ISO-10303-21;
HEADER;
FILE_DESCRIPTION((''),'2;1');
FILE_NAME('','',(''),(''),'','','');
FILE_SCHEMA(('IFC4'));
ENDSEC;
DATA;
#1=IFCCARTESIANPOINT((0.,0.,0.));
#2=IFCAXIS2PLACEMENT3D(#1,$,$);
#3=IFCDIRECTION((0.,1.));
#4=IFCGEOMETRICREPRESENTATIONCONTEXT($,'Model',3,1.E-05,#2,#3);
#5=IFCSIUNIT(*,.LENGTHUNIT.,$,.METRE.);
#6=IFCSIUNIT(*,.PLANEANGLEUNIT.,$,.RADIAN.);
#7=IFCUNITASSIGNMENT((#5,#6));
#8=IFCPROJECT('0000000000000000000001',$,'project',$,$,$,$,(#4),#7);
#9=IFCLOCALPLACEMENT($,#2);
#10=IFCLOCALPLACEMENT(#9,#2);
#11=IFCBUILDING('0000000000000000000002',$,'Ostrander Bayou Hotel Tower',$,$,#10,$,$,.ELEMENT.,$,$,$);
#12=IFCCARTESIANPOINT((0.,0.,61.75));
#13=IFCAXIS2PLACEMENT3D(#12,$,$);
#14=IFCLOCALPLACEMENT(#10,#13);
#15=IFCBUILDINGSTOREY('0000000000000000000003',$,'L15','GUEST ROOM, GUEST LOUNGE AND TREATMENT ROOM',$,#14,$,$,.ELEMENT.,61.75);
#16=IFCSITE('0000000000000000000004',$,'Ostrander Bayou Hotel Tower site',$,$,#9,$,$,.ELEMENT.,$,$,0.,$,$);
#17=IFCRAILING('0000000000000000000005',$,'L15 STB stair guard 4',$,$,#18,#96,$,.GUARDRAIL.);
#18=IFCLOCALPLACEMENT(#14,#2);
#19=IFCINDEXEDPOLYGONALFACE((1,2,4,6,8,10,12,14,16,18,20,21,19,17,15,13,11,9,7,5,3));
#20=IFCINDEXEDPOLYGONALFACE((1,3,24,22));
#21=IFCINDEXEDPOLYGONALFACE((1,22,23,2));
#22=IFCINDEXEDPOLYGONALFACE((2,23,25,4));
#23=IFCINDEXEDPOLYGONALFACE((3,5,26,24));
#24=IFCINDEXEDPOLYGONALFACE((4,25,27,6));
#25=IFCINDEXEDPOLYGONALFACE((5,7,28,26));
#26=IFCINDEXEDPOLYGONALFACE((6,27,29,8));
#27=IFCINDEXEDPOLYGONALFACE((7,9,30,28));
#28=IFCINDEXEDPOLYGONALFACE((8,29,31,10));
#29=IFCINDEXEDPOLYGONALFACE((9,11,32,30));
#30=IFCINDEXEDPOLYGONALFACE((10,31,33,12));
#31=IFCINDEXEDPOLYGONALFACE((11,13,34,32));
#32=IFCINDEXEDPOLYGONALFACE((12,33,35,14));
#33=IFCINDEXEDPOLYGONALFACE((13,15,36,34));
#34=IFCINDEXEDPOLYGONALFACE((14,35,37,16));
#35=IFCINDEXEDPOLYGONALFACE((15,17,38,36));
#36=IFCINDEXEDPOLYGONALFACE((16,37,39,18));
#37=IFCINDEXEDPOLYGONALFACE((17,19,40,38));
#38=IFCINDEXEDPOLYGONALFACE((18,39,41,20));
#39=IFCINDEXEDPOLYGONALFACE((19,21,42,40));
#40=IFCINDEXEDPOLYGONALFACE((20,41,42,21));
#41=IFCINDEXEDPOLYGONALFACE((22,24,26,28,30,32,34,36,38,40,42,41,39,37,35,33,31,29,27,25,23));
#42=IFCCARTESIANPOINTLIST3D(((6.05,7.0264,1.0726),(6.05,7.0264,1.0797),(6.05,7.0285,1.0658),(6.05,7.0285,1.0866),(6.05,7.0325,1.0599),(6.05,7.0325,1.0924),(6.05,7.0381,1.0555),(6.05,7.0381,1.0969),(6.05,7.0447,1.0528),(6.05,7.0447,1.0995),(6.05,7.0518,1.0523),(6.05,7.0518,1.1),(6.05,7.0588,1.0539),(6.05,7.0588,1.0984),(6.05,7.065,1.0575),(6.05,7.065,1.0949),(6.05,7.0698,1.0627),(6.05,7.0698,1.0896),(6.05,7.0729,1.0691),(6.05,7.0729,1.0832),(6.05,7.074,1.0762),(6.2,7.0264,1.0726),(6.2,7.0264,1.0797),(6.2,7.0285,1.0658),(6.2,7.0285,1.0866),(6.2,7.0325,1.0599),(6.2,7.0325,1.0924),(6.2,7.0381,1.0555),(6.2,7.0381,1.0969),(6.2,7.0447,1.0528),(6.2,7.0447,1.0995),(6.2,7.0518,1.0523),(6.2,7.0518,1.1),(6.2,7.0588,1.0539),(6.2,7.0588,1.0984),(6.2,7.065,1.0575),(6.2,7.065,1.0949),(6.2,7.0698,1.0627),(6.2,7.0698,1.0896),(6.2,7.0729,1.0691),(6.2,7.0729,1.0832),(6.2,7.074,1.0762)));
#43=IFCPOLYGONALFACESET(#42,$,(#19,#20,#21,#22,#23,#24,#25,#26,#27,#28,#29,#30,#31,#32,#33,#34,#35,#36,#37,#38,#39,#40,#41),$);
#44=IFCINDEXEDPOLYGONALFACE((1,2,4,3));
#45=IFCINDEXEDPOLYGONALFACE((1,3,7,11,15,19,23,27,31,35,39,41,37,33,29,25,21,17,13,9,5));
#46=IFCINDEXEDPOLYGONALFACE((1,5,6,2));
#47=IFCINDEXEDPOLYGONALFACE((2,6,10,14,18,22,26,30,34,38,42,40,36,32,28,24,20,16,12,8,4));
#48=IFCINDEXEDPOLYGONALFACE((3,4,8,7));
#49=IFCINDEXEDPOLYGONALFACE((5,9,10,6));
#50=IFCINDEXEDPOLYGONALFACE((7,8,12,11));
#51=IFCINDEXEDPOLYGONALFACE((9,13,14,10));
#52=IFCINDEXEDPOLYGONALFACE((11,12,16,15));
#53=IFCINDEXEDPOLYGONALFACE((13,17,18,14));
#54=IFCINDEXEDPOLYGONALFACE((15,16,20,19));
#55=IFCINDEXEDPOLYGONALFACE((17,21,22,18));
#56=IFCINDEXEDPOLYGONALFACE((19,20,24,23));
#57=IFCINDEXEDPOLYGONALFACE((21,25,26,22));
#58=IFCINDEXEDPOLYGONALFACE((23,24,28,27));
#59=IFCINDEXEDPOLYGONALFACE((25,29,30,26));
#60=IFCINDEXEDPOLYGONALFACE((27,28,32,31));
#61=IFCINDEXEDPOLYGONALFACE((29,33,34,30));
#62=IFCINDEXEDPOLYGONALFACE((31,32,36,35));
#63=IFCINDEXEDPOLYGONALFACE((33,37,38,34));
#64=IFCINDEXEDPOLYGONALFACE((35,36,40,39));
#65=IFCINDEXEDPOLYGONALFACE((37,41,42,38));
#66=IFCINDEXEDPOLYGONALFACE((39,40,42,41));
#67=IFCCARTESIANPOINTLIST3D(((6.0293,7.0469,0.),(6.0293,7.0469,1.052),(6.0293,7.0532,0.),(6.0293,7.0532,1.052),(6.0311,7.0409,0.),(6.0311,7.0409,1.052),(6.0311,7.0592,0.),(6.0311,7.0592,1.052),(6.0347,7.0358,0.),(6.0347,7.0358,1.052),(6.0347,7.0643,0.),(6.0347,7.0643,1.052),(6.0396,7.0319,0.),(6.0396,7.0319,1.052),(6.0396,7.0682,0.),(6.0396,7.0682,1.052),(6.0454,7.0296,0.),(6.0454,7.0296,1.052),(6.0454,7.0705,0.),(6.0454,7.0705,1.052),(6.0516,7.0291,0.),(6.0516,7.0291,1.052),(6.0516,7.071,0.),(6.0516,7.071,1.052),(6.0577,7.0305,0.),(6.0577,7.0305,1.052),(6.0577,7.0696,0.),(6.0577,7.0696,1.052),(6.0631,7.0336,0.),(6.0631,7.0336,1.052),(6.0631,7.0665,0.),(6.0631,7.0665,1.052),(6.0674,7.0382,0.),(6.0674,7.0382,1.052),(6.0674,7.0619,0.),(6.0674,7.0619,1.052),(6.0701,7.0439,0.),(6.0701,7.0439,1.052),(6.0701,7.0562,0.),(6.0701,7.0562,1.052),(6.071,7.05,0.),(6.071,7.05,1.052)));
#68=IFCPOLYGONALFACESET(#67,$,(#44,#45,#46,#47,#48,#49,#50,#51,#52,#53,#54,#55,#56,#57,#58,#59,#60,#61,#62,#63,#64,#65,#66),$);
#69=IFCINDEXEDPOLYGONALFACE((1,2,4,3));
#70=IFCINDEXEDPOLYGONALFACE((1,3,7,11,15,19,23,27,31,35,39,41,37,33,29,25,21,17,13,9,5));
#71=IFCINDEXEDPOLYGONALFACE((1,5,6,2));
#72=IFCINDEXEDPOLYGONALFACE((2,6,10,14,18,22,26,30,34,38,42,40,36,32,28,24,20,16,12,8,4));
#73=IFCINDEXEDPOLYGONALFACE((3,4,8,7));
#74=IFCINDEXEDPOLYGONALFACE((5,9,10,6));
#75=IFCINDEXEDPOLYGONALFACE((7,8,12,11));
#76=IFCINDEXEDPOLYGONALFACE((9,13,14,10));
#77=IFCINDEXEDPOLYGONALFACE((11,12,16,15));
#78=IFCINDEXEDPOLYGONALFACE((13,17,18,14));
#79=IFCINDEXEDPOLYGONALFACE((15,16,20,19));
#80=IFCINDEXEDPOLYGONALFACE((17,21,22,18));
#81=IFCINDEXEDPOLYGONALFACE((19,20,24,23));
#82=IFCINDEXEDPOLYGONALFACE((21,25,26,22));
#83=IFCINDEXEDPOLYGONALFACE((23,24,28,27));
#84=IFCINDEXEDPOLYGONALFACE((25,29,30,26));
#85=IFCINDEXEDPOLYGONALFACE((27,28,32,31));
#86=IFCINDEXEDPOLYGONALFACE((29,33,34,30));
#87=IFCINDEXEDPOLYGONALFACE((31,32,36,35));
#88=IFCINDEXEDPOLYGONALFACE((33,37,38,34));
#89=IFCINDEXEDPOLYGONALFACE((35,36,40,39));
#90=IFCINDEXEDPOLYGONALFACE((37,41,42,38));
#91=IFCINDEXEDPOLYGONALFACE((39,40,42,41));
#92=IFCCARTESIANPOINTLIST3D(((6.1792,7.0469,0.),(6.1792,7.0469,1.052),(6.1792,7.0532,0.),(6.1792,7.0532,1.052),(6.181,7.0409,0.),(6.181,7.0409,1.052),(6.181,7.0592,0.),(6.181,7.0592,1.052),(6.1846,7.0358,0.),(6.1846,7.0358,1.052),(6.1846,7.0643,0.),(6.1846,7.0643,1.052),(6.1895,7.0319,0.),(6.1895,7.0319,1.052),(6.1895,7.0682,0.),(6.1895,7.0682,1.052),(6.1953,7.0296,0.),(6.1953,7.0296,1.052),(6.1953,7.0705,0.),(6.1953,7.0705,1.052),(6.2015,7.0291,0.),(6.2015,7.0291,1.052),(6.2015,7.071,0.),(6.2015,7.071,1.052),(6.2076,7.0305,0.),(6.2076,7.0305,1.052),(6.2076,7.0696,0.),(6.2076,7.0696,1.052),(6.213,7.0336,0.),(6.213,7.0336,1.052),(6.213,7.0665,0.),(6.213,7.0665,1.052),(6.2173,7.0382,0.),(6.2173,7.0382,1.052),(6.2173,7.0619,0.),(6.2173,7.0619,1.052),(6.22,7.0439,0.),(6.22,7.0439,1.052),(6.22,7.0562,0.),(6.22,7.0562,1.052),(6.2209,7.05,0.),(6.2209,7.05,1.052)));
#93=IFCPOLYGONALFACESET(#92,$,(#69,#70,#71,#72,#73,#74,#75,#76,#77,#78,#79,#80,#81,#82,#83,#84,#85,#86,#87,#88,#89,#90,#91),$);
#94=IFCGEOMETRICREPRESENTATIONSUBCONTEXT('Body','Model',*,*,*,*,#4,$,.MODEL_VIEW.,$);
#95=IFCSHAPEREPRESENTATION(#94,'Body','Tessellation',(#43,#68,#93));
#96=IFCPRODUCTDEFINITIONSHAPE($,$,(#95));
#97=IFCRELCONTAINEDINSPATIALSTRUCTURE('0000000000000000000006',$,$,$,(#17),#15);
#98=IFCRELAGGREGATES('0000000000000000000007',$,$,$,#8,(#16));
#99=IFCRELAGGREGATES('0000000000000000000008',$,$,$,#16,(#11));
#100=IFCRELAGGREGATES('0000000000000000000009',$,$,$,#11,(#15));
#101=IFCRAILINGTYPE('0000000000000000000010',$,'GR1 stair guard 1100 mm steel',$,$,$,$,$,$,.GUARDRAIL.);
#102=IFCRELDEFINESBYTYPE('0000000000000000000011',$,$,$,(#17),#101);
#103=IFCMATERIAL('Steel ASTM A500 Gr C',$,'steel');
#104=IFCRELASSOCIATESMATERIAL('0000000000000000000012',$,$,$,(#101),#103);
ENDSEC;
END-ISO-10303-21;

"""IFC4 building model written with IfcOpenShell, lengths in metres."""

from ifc_helpers import new_model, si_unit, direction, frame, origin, origin_2d, place, context, subcontext, project, spatial, circle, extrude, material, type_object, element, save


model = new_model("IFC4")

# Units and contexts
model_context = context("Model", 3, precision=1e-05, world=origin(), true_north=direction((0.0, 1.0)))
body_context = subcontext(model_context, "Body", "Model", "MODEL_VIEW")
ifc_project = project(units=[si_unit("LENGTHUNIT", "METRE"), si_unit("PLANEANGLEUNIT", "RADIAN")], contexts=[model_context])

# Site, building, storey
site_placement = place(None, origin())
site = spatial("IfcSite", under=ifc_project, at=site_placement, Name="Ostrander Bayou Hotel Tower site", CompositionType="ELEMENT", RefElevation=0.0)
building_placement = place(site_placement, origin())
building = spatial("IfcBuilding", under=site, at=building_placement, Name="Ostrander Bayou Hotel Tower", CompositionType="ELEMENT")
storey_placement = place(building_placement, frame((0.0, 0.0, 61.75)))
storey = spatial("IfcBuildingStorey", under=building, at=storey_placement, Name="L15", Description="GUEST ROOM, GUEST LOUNGE AND TREATMENT ROOM", CompositionType="ELEMENT", Elevation=61.75)

# Railing
ifc_material_1 = material(Name="Steel ASTM A500 Gr C", Category="steel")
railing_type_1 = type_object("IfcRailingType", Name="GR1 stair guard 1100 mm steel", PredefinedType="GUARDRAIL", material=ifc_material_1)
railing_1_placement = place(storey_placement, frame((6.05, 7.05, 0.0)))
element("IfcRailing", 1, at=railing_1_placement, inside=storey, type_object=railing_type_1, Name="L15 STB stair guard 4", PredefinedType="GUARDRAIL", context=body_context, shape_type="SweptSolid", body=[
    extrude(circle(Radius=0.0239, at=origin_2d()), frame((0.0, 0.0, 1.0762), z_axis=(1.0, 0.0, 0.0), x_axis=(0.0, 1.0, 0.0)), (0.0, 0.0, 1.0), 0.1499),
    extrude(circle(Radius=0.021, at=origin_2d()), origin(), (0.0, 0.0, 1.0), 1.052),
    extrude(circle(Radius=0.021, at=origin_2d()), frame((0.1499, 0.0, 0.0)), (0.0, 0.0, 1.0), 1.052),
])

save(model, "model.ifc")
